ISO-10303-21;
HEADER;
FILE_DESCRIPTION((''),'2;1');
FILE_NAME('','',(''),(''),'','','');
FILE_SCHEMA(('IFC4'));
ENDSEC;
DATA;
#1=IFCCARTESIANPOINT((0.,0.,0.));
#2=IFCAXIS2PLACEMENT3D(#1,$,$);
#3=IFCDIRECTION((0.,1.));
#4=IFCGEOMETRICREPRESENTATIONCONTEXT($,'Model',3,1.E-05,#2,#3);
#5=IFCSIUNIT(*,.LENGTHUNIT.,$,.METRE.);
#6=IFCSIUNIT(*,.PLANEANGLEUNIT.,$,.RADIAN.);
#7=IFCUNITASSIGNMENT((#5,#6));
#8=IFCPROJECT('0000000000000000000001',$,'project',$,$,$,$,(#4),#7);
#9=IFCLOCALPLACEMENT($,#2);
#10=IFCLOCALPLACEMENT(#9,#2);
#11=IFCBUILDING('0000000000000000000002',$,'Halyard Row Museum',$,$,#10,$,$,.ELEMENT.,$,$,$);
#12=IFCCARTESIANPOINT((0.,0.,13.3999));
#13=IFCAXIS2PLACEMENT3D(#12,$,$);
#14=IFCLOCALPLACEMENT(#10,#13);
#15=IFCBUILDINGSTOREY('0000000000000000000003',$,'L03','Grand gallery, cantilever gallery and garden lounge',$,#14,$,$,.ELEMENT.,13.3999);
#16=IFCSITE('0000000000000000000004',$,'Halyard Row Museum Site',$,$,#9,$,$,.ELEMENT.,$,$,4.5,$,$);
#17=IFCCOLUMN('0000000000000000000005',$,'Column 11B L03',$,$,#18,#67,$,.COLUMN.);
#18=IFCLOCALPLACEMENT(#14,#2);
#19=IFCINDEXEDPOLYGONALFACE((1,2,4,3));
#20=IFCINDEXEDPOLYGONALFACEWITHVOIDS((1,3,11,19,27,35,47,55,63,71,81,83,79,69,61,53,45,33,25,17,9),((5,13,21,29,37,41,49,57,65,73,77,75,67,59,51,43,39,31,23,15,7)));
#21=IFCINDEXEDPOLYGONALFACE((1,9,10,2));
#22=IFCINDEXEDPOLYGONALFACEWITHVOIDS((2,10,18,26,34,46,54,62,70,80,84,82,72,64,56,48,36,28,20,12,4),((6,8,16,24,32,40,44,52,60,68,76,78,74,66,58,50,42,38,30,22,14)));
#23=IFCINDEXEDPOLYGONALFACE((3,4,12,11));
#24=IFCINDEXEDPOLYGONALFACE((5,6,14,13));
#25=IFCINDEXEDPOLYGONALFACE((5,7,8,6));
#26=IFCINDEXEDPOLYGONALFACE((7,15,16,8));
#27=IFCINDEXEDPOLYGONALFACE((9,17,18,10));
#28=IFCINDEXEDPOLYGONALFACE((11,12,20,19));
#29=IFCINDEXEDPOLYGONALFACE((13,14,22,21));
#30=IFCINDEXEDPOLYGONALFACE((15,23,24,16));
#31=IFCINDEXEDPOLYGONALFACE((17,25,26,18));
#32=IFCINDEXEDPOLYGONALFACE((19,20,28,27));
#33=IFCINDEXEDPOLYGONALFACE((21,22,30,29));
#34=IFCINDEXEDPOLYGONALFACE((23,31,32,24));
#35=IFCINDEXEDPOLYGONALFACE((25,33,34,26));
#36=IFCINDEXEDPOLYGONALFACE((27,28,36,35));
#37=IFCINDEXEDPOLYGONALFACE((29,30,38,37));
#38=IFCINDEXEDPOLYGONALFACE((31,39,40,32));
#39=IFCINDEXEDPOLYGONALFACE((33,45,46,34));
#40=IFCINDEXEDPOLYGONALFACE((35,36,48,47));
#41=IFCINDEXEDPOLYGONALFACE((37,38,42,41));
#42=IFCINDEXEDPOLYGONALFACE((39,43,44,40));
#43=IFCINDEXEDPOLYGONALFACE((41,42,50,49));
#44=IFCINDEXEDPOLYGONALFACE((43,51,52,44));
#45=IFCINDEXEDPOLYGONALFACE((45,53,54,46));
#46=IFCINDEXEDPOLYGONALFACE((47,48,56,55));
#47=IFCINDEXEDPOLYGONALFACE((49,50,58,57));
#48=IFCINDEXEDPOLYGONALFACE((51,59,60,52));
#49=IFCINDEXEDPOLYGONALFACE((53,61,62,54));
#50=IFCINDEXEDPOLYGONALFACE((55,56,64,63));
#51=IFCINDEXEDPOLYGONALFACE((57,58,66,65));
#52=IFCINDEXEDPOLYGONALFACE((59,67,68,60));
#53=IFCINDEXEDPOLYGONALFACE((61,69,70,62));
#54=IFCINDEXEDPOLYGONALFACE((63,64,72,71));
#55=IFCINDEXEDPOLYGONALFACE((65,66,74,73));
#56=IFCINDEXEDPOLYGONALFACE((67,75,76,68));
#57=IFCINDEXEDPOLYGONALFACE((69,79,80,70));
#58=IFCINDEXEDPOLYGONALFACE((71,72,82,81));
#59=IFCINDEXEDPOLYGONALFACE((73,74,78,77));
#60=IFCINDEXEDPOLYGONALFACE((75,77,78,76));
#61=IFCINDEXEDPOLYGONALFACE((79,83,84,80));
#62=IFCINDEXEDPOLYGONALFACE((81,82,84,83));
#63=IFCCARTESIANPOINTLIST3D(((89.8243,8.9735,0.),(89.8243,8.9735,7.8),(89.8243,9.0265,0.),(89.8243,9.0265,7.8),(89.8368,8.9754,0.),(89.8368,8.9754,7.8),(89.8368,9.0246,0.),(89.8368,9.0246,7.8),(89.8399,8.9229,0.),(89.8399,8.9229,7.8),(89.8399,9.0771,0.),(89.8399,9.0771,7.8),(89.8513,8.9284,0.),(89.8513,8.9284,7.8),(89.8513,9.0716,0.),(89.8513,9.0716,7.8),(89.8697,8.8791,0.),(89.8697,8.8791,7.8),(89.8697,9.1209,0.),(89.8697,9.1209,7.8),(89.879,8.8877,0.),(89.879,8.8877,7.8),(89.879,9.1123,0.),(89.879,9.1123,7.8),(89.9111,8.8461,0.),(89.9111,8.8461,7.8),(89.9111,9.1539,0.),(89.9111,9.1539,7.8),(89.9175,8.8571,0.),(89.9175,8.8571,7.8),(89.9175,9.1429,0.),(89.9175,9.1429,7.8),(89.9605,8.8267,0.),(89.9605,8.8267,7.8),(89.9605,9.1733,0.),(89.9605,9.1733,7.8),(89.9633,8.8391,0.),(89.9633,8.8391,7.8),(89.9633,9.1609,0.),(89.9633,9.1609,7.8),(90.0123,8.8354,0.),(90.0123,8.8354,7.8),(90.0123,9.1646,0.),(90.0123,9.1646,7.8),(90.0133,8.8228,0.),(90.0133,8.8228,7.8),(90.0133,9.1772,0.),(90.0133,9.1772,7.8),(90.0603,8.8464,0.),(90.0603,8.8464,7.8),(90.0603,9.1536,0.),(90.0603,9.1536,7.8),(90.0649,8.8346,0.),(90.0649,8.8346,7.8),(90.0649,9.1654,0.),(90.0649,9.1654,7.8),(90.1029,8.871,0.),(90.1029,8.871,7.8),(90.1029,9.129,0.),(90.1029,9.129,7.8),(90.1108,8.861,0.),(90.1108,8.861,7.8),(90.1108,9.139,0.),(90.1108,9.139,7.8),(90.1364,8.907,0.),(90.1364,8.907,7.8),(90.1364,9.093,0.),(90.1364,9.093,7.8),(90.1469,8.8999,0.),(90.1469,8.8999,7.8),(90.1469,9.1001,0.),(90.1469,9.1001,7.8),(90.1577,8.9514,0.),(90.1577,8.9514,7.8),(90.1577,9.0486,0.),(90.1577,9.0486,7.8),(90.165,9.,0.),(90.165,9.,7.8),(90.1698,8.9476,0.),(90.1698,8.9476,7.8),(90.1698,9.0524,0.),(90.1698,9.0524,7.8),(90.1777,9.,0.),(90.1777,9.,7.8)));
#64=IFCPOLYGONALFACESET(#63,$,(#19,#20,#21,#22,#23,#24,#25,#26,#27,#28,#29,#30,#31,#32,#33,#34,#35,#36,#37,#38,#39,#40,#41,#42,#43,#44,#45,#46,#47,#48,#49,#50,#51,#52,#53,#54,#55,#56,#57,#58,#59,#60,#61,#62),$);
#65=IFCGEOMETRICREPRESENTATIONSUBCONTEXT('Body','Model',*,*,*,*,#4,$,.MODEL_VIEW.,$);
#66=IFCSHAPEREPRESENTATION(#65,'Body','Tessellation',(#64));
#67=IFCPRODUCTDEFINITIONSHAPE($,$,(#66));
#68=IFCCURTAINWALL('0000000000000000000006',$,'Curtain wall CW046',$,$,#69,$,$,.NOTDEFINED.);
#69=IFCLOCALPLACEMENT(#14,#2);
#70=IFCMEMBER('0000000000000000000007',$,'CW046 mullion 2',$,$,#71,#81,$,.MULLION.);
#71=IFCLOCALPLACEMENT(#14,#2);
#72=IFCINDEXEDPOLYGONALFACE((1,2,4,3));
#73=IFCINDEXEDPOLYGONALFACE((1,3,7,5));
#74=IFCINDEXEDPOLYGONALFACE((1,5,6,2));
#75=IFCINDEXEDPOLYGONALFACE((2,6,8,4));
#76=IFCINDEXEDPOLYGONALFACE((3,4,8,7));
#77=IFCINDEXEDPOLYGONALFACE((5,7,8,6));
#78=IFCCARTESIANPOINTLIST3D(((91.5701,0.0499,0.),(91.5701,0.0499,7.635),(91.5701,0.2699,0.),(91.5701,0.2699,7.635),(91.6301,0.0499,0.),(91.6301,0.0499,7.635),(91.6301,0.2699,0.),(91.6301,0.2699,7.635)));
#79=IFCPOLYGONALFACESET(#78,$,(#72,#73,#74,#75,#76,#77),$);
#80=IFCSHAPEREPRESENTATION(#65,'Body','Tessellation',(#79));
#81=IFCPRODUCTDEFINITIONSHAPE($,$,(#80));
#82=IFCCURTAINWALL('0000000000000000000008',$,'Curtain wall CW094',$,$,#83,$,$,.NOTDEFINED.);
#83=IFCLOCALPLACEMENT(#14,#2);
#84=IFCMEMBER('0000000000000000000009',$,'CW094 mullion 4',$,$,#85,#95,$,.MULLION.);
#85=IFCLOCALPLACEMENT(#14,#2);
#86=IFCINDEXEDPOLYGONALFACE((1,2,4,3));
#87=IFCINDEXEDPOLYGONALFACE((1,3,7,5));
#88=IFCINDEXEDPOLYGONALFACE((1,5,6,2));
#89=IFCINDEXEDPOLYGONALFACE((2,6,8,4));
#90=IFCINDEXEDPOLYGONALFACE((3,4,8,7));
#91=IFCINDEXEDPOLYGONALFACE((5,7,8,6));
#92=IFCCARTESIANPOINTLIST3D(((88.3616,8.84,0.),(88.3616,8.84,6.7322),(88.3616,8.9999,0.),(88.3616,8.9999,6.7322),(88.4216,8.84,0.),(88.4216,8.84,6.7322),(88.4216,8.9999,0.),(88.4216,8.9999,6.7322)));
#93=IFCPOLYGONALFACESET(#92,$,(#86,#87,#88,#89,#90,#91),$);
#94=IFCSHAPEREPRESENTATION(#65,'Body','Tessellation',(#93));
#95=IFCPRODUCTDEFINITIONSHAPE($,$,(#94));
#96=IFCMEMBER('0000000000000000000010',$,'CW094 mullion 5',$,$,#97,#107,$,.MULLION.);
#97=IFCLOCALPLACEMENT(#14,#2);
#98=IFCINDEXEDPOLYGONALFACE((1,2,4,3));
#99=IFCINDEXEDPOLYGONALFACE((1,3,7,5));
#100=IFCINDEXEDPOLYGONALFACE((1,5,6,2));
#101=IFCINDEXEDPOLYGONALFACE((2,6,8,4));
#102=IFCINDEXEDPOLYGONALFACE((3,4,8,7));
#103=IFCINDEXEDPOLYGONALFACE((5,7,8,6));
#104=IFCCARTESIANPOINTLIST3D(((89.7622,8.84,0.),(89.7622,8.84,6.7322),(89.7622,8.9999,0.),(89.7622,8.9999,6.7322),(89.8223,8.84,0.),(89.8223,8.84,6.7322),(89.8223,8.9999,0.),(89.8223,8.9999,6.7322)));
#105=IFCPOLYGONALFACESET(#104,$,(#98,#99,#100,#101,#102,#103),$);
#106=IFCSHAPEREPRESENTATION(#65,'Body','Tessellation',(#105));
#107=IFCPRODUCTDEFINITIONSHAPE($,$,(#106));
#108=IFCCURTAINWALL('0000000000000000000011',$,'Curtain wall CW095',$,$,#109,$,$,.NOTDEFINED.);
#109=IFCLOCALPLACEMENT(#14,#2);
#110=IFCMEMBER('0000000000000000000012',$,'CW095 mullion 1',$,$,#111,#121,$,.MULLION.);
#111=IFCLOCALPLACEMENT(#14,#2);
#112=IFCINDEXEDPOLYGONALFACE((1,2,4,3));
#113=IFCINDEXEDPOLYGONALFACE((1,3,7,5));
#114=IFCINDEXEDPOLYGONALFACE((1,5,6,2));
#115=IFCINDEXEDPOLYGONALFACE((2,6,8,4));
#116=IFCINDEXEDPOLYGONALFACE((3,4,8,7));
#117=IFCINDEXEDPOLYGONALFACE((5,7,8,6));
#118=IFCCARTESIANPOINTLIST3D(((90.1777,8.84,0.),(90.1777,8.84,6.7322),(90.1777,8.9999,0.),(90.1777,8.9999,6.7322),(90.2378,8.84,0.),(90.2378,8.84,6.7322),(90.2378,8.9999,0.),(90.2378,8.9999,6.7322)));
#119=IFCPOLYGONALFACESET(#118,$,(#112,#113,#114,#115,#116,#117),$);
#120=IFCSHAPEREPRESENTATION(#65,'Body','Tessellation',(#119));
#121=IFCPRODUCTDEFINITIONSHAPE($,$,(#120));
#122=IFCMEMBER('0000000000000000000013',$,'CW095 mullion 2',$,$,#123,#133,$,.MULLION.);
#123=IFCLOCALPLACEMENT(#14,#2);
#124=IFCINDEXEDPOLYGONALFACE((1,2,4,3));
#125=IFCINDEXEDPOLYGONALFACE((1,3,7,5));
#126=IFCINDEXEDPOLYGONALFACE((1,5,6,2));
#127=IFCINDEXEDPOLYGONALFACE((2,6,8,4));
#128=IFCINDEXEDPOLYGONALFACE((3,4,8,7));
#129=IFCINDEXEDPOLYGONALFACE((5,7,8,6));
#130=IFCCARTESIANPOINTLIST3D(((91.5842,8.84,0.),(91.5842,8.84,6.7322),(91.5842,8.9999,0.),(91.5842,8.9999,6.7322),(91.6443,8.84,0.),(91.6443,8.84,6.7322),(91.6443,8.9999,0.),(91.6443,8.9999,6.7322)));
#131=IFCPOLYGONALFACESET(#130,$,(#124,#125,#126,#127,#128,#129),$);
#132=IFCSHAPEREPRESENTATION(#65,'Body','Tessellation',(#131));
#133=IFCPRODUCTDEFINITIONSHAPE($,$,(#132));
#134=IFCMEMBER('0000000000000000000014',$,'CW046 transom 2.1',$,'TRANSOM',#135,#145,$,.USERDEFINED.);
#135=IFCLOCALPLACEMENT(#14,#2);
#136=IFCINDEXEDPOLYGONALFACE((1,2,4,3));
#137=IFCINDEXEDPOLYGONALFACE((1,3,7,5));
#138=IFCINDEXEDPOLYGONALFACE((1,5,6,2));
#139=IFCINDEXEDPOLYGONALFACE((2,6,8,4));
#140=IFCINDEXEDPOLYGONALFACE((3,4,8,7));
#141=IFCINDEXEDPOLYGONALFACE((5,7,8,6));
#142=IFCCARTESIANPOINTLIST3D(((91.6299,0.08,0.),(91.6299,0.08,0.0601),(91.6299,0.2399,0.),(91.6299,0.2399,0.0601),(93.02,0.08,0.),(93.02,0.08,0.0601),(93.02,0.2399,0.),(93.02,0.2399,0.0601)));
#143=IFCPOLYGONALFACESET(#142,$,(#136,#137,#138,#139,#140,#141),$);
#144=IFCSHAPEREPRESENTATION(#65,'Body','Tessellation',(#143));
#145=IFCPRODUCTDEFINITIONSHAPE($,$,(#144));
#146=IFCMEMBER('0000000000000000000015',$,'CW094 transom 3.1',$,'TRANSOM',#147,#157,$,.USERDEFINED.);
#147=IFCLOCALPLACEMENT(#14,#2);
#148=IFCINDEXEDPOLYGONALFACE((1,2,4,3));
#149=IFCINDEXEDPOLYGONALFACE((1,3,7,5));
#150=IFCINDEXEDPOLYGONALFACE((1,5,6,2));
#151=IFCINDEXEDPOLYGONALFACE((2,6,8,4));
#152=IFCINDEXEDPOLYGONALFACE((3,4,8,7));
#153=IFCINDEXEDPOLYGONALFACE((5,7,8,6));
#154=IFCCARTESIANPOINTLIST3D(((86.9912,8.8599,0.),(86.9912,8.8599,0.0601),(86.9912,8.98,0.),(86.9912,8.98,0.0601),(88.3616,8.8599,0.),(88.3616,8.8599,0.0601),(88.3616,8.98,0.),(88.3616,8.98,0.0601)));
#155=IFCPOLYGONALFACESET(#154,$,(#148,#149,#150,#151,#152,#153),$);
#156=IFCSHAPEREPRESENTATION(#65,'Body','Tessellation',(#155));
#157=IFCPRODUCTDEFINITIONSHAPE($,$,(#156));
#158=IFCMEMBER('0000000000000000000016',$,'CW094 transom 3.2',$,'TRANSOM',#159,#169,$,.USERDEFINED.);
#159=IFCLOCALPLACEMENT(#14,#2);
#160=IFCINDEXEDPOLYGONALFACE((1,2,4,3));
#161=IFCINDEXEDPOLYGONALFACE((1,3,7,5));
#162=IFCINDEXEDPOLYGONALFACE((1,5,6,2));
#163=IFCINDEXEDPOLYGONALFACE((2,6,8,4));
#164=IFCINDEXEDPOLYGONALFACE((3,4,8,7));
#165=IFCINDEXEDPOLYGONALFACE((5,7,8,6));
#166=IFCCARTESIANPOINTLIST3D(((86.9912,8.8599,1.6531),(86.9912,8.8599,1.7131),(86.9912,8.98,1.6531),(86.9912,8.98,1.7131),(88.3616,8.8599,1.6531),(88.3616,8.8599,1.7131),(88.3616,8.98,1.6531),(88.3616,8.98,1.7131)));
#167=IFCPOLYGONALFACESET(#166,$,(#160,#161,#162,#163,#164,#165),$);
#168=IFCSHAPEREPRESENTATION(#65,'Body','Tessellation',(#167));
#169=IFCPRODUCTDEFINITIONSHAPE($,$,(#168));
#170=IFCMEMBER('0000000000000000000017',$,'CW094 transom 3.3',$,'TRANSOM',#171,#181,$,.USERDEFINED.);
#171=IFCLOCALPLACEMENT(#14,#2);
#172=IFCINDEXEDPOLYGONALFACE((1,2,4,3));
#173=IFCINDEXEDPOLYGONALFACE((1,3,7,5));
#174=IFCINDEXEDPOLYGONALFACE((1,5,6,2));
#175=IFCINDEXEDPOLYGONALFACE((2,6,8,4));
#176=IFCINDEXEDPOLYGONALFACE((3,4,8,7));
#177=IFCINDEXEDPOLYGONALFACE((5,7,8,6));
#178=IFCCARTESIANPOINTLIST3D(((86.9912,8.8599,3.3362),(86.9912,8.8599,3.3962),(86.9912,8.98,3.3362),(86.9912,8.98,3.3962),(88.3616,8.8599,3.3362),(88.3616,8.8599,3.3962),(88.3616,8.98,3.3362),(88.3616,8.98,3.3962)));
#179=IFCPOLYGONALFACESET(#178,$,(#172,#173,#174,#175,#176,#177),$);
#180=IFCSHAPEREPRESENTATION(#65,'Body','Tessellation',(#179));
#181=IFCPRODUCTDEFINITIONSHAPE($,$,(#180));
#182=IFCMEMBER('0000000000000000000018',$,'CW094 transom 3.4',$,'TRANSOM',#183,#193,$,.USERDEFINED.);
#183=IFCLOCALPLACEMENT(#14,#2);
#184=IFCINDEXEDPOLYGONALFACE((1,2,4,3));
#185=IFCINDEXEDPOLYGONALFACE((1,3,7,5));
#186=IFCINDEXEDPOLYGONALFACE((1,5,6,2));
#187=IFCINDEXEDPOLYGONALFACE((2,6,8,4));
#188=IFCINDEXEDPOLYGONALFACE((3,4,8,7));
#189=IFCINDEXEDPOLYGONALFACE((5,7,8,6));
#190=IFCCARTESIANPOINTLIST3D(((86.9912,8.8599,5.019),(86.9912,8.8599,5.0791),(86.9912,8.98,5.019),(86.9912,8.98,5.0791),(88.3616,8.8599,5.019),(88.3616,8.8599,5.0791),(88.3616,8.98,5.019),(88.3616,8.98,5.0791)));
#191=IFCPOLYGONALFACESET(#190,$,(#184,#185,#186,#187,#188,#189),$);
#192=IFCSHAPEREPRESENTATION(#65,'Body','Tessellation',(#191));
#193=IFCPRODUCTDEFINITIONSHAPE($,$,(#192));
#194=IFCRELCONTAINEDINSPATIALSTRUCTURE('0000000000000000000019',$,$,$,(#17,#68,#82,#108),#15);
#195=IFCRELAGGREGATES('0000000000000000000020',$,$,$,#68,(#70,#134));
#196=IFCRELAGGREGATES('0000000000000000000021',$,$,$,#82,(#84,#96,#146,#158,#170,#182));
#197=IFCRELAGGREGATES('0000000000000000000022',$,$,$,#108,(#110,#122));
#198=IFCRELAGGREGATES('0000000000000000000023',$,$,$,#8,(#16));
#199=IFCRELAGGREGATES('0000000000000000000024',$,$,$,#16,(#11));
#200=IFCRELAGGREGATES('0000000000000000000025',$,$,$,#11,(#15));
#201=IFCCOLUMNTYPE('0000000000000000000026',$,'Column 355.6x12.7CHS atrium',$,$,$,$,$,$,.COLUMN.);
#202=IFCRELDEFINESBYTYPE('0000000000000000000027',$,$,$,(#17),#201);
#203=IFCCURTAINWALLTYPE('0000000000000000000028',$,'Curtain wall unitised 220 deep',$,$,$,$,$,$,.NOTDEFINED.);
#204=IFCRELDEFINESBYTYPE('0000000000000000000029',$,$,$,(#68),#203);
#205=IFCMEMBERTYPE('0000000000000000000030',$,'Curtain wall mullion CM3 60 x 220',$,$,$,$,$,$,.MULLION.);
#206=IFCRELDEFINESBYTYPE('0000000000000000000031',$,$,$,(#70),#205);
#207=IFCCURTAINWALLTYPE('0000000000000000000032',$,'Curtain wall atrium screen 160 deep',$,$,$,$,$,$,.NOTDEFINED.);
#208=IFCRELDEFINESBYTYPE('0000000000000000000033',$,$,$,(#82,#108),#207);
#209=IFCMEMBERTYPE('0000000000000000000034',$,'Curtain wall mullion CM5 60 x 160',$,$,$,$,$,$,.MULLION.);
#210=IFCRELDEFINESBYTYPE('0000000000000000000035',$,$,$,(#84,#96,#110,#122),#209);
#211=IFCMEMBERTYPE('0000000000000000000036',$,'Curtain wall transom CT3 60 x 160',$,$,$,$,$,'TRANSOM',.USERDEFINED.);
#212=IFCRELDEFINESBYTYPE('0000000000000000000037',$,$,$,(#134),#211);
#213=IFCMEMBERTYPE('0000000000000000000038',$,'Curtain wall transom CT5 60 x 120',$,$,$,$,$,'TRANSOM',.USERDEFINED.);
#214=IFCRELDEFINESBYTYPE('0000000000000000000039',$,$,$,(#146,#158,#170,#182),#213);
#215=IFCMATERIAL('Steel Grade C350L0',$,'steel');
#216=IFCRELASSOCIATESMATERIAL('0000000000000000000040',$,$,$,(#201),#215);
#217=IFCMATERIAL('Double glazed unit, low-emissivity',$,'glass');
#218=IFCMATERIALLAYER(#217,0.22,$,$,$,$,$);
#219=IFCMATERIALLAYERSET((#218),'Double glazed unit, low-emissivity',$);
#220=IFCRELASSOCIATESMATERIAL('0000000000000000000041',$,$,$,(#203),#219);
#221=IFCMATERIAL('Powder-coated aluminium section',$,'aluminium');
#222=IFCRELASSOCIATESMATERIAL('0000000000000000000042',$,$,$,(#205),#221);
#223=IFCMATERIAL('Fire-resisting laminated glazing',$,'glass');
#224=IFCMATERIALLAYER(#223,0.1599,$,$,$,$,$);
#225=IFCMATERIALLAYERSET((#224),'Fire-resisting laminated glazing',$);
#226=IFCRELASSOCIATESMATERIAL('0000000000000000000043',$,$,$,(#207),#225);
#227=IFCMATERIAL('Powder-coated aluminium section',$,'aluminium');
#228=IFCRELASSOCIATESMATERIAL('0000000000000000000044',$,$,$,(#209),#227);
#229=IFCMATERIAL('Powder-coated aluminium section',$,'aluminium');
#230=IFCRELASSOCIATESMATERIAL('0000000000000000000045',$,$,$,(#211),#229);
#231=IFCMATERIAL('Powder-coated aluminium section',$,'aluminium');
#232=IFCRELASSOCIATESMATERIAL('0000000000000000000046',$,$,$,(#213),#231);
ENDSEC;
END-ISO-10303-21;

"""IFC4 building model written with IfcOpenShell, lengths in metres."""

from ifc_helpers import new_model, si_unit, direction, frame, origin, origin_2d, place, context, subcontext, project, spatial, rectangle, hollow_circle, extrude, material, layer, layer_set, material_profile, profile_set, type_object, element, aggregate, save


model = new_model("IFC4")

# Units and contexts
model_context = context("Model", 3, precision=1e-05, world=origin(), true_north=direction((0.0, 1.0)))
body_context = subcontext(model_context, "Body", "Model", "MODEL_VIEW")
ifc_project = project(units=[si_unit("LENGTHUNIT", "METRE"), si_unit("PLANEANGLEUNIT", "RADIAN")], contexts=[model_context])

# Site, building, storey
site_placement = place(None, origin())
site = spatial("IfcSite", under=ifc_project, at=site_placement, Name="Halyard Row Museum Site", CompositionType="ELEMENT", RefElevation=4.5)
building_placement = place(site_placement, origin())
building = spatial("IfcBuilding", under=site, at=building_placement, Name="Halyard Row Museum", CompositionType="ELEMENT")
storey_placement = place(building_placement, frame((0.0, 0.0, 13.3999)))
storey = spatial("IfcBuildingStorey", under=building, at=storey_placement, Name="L03", Description="Grand gallery, cantilever gallery and garden lounge", CompositionType="ELEMENT", Elevation=13.3999)

# Column
ifc_material_1 = material(Name="Steel Grade C350L0", Category="steel")
ifc_material_profile_1 = material_profile(ifc_material_1, hollow_circle(Radius=0.1777, WallThickness=0.0127, at=origin_2d()), Name="355.6x12.7CHS")
ifc_profile_set_1 = profile_set([ifc_material_profile_1], Name="Steel Grade C350L0")
column_type = type_object("IfcColumnType", Name="Column 355.6x12.7CHS atrium", PredefinedType="COLUMN", material=ifc_profile_set_1)
column_placement = place(storey_placement, frame((90.0, 9.0, 0.0), z_axis=(0.0, 0.0, 1.0), x_axis=(1.0, 0.0, 0.0)))
element("IfcColumn", 1, at=column_placement, inside=storey, type_object=column_type, Name="Column 11B L03", PredefinedType="COLUMN", context=body_context, shape_type="SweptSolid", body=[
    extrude(hollow_circle(Radius=0.1777, WallThickness=0.0127, at=origin_2d()), origin(), (0.0, 0.0, 1.0), 7.8),
])

# Curtain wall, member
ifc_material_2 = material(Name="Double glazed unit, low-emissivity", Category="glass")
ifc_layer_1 = layer(ifc_material_2, 0.22)
ifc_layer_set_1 = layer_set([ifc_layer_1], Name="Double glazed unit, low-emissivity")
curtain_wall_type_1 = type_object("IfcCurtainWallType", Name="Curtain wall unitised 220 deep", PredefinedType="NOTDEFINED", material=ifc_layer_set_1)
curtain_wall_1_placement = place(storey_placement, origin())
curtain_wall_1 = element("IfcCurtainWall", 2, at=curtain_wall_1_placement, inside=storey, type_object=curtain_wall_type_1, Name="Curtain wall CW046", PredefinedType="NOTDEFINED")
ifc_material_3 = material(Name="Powder-coated aluminium section", Category="aluminium")
ifc_material_profile_2 = material_profile(ifc_material_3, rectangle(XDim=0.22, YDim=0.0601, at=origin_2d()), Name="220x60 mullion")
ifc_profile_set_2 = profile_set([ifc_material_profile_2], Name="Powder-coated aluminium section")
member_type_1 = type_object("IfcMemberType", Name="Curtain wall mullion CM3 60 x 220", PredefinedType="MULLION", material=ifc_profile_set_2)
member_1_placement = place(storey_placement, frame((91.6001, 0.1599, 0.0), z_axis=(0.0, 0.0, 1.0), x_axis=(0.0, 1.0, 0.0)))
member_1 = element("IfcMember", 3, at=member_1_placement, type_object=member_type_1, Name="CW046 mullion 2", PredefinedType="MULLION", context=body_context, shape_type="SweptSolid", body=[
    extrude(rectangle(XDim=0.22, YDim=0.0601, at=origin_2d()), origin(), (0.0, 0.0, 1.0), 7.635),
])

# Curtain walls, members
ifc_material_4 = material(Name="Fire-resisting laminated glazing", Category="glass")
ifc_layer_2 = layer(ifc_material_4, 0.1599)
ifc_layer_set_2 = layer_set([ifc_layer_2], Name="Fire-resisting laminated glazing")
curtain_wall_type_2 = type_object("IfcCurtainWallType", Name="Curtain wall atrium screen 160 deep", PredefinedType="NOTDEFINED", material=ifc_layer_set_2)
curtain_wall_2_placement = place(storey_placement, origin())
curtain_wall_2 = element("IfcCurtainWall", 4, at=curtain_wall_2_placement, inside=storey, type_object=curtain_wall_type_2, Name="Curtain wall CW094", PredefinedType="NOTDEFINED")
ifc_material_5 = material(Name="Powder-coated aluminium section", Category="aluminium")
ifc_material_profile_3 = material_profile(ifc_material_5, rectangle(XDim=0.1599, YDim=0.0601, at=origin_2d()), Name="160x60 mullion")
ifc_profile_set_3 = profile_set([ifc_material_profile_3], Name="Powder-coated aluminium section")
member_type_2 = type_object("IfcMemberType", Name="Curtain wall mullion CM5 60 x 160", PredefinedType="MULLION", material=ifc_profile_set_3)
member_2_placement = place(storey_placement, frame((88.3916, 8.9199, 0.0), z_axis=(0.0, 0.0, 1.0), x_axis=(0.0, 1.0, 0.0)))
member_2 = element("IfcMember", 5, at=member_2_placement, type_object=member_type_2, Name="CW094 mullion 4", PredefinedType="MULLION", context=body_context, shape_type="SweptSolid", body=[
    extrude(rectangle(XDim=0.1599, YDim=0.0601, at=origin_2d()), origin(), (0.0, 0.0, 1.0), 6.7322),
])
member_3_placement = place(storey_placement, frame((89.7922, 8.9199, 0.0), z_axis=(0.0, 0.0, 1.0), x_axis=(0.0, 1.0, 0.0)))
member_3 = element("IfcMember", 6, at=member_3_placement, type_object=member_type_2, Name="CW094 mullion 5", PredefinedType="MULLION", context=body_context, shape_type="SweptSolid", body=[
    extrude(rectangle(XDim=0.1599, YDim=0.0601, at=origin_2d()), origin(), (0.0, 0.0, 1.0), 6.7322),
])
curtain_wall_3_placement = place(storey_placement, origin())
curtain_wall_3 = element("IfcCurtainWall", 7, at=curtain_wall_3_placement, inside=storey, type_object=curtain_wall_type_2, Name="Curtain wall CW095", PredefinedType="NOTDEFINED")
member_4_placement = place(storey_placement, frame((90.2078, 8.9199, 0.0), z_axis=(0.0, 0.0, 1.0), x_axis=(0.0, 1.0, 0.0)))
member_4 = element("IfcMember", 8, at=member_4_placement, type_object=member_type_2, Name="CW095 mullion 1", PredefinedType="MULLION", context=body_context, shape_type="SweptSolid", body=[
    extrude(rectangle(XDim=0.1599, YDim=0.0601, at=origin_2d()), origin(), (0.0, 0.0, 1.0), 6.7322),
])
member_5_placement = place(storey_placement, frame((91.6143, 8.9199, 0.0), z_axis=(0.0, 0.0, 1.0), x_axis=(0.0, 1.0, 0.0)))
member_5 = element("IfcMember", 9, at=member_5_placement, type_object=member_type_2, Name="CW095 mullion 2", PredefinedType="MULLION", context=body_context, shape_type="SweptSolid", body=[
    extrude(rectangle(XDim=0.1599, YDim=0.0601, at=origin_2d()), origin(), (0.0, 0.0, 1.0), 6.7322),
])

# Members
ifc_material_6 = material(Name="Powder-coated aluminium section", Category="aluminium")
ifc_material_profile_4 = material_profile(ifc_material_6, rectangle(XDim=0.1599, YDim=0.0601, at=origin_2d()), Name="160x60 transom")
ifc_profile_set_4 = profile_set([ifc_material_profile_4], Name="Powder-coated aluminium section")
member_type_3 = type_object("IfcMemberType", Name="Curtain wall transom CT3 60 x 160", ElementType="TRANSOM", PredefinedType="USERDEFINED", material=ifc_profile_set_4)
member_6_placement = place(storey_placement, frame((91.6299, 0.1599, 0.03), z_axis=(1.0, 0.0, 0.0), x_axis=(0.0, 1.0, 0.0)))
member_6 = element("IfcMember", 10, at=member_6_placement, type_object=member_type_3, Name="CW046 transom 2.1", ObjectType="TRANSOM", PredefinedType="USERDEFINED", context=body_context, shape_type="SweptSolid", body=[
    extrude(rectangle(XDim=0.1599, YDim=0.0601, at=origin_2d()), origin(), (0.0, 0.0, 1.0), 1.3901),
])
ifc_material_7 = material(Name="Powder-coated aluminium section", Category="aluminium")
ifc_material_profile_5 = material_profile(ifc_material_7, rectangle(XDim=0.1201, YDim=0.0601, at=origin_2d()), Name="120x60 transom")
ifc_profile_set_5 = profile_set([ifc_material_profile_5], Name="Powder-coated aluminium section")
member_type_4 = type_object("IfcMemberType", Name="Curtain wall transom CT5 60 x 120", ElementType="TRANSOM", PredefinedType="USERDEFINED", material=ifc_profile_set_5)
member_7_placement = place(storey_placement, frame((86.9912, 8.9199, 0.03), z_axis=(1.0, 0.0, 0.0), x_axis=(0.0, 1.0, 0.0)))
member_7 = element("IfcMember", 11, at=member_7_placement, type_object=member_type_4, Name="CW094 transom 3.1", ObjectType="TRANSOM", PredefinedType="USERDEFINED", context=body_context, shape_type="SweptSolid", body=[
    extrude(rectangle(XDim=0.1201, YDim=0.0601, at=origin_2d()), origin(), (0.0, 0.0, 1.0), 1.3704),
])
member_8_placement = place(storey_placement, frame((86.9912, 8.9199, 1.6831), z_axis=(1.0, 0.0, 0.0), x_axis=(0.0, 1.0, 0.0)))
member_8 = element("IfcMember", 12, at=member_8_placement, type_object=member_type_4, Name="CW094 transom 3.2", ObjectType="TRANSOM", PredefinedType="USERDEFINED", context=body_context, shape_type="SweptSolid", body=[
    extrude(rectangle(XDim=0.1201, YDim=0.0601, at=origin_2d()), origin(), (0.0, 0.0, 1.0), 1.3704),
])
member_9_placement = place(storey_placement, frame((86.9912, 8.9199, 3.3662), z_axis=(1.0, 0.0, 0.0), x_axis=(0.0, 1.0, 0.0)))
member_9 = element("IfcMember", 13, at=member_9_placement, type_object=member_type_4, Name="CW094 transom 3.3", ObjectType="TRANSOM", PredefinedType="USERDEFINED", context=body_context, shape_type="SweptSolid", body=[
    extrude(rectangle(XDim=0.1201, YDim=0.0601, at=origin_2d()), origin(), (0.0, 0.0, 1.0), 1.3704),
])
member_10_placement = place(storey_placement, frame((86.9912, 8.9199, 5.0491), z_axis=(1.0, 0.0, 0.0), x_axis=(0.0, 1.0, 0.0)))
member_10 = element("IfcMember", 14, at=member_10_placement, type_object=member_type_4, Name="CW094 transom 3.4", ObjectType="TRANSOM", PredefinedType="USERDEFINED", context=body_context, shape_type="SweptSolid", body=[
    extrude(rectangle(XDim=0.1201, YDim=0.0601, at=origin_2d()), origin(), (0.0, 0.0, 1.0), 1.3704),
])

aggregate(curtain_wall_1, [member_1, member_6])
aggregate(curtain_wall_2, [member_2, member_3, member_7, member_8, member_9, member_10])
aggregate(curtain_wall_3, [member_4, member_5])

save(model, "model.ifc")
